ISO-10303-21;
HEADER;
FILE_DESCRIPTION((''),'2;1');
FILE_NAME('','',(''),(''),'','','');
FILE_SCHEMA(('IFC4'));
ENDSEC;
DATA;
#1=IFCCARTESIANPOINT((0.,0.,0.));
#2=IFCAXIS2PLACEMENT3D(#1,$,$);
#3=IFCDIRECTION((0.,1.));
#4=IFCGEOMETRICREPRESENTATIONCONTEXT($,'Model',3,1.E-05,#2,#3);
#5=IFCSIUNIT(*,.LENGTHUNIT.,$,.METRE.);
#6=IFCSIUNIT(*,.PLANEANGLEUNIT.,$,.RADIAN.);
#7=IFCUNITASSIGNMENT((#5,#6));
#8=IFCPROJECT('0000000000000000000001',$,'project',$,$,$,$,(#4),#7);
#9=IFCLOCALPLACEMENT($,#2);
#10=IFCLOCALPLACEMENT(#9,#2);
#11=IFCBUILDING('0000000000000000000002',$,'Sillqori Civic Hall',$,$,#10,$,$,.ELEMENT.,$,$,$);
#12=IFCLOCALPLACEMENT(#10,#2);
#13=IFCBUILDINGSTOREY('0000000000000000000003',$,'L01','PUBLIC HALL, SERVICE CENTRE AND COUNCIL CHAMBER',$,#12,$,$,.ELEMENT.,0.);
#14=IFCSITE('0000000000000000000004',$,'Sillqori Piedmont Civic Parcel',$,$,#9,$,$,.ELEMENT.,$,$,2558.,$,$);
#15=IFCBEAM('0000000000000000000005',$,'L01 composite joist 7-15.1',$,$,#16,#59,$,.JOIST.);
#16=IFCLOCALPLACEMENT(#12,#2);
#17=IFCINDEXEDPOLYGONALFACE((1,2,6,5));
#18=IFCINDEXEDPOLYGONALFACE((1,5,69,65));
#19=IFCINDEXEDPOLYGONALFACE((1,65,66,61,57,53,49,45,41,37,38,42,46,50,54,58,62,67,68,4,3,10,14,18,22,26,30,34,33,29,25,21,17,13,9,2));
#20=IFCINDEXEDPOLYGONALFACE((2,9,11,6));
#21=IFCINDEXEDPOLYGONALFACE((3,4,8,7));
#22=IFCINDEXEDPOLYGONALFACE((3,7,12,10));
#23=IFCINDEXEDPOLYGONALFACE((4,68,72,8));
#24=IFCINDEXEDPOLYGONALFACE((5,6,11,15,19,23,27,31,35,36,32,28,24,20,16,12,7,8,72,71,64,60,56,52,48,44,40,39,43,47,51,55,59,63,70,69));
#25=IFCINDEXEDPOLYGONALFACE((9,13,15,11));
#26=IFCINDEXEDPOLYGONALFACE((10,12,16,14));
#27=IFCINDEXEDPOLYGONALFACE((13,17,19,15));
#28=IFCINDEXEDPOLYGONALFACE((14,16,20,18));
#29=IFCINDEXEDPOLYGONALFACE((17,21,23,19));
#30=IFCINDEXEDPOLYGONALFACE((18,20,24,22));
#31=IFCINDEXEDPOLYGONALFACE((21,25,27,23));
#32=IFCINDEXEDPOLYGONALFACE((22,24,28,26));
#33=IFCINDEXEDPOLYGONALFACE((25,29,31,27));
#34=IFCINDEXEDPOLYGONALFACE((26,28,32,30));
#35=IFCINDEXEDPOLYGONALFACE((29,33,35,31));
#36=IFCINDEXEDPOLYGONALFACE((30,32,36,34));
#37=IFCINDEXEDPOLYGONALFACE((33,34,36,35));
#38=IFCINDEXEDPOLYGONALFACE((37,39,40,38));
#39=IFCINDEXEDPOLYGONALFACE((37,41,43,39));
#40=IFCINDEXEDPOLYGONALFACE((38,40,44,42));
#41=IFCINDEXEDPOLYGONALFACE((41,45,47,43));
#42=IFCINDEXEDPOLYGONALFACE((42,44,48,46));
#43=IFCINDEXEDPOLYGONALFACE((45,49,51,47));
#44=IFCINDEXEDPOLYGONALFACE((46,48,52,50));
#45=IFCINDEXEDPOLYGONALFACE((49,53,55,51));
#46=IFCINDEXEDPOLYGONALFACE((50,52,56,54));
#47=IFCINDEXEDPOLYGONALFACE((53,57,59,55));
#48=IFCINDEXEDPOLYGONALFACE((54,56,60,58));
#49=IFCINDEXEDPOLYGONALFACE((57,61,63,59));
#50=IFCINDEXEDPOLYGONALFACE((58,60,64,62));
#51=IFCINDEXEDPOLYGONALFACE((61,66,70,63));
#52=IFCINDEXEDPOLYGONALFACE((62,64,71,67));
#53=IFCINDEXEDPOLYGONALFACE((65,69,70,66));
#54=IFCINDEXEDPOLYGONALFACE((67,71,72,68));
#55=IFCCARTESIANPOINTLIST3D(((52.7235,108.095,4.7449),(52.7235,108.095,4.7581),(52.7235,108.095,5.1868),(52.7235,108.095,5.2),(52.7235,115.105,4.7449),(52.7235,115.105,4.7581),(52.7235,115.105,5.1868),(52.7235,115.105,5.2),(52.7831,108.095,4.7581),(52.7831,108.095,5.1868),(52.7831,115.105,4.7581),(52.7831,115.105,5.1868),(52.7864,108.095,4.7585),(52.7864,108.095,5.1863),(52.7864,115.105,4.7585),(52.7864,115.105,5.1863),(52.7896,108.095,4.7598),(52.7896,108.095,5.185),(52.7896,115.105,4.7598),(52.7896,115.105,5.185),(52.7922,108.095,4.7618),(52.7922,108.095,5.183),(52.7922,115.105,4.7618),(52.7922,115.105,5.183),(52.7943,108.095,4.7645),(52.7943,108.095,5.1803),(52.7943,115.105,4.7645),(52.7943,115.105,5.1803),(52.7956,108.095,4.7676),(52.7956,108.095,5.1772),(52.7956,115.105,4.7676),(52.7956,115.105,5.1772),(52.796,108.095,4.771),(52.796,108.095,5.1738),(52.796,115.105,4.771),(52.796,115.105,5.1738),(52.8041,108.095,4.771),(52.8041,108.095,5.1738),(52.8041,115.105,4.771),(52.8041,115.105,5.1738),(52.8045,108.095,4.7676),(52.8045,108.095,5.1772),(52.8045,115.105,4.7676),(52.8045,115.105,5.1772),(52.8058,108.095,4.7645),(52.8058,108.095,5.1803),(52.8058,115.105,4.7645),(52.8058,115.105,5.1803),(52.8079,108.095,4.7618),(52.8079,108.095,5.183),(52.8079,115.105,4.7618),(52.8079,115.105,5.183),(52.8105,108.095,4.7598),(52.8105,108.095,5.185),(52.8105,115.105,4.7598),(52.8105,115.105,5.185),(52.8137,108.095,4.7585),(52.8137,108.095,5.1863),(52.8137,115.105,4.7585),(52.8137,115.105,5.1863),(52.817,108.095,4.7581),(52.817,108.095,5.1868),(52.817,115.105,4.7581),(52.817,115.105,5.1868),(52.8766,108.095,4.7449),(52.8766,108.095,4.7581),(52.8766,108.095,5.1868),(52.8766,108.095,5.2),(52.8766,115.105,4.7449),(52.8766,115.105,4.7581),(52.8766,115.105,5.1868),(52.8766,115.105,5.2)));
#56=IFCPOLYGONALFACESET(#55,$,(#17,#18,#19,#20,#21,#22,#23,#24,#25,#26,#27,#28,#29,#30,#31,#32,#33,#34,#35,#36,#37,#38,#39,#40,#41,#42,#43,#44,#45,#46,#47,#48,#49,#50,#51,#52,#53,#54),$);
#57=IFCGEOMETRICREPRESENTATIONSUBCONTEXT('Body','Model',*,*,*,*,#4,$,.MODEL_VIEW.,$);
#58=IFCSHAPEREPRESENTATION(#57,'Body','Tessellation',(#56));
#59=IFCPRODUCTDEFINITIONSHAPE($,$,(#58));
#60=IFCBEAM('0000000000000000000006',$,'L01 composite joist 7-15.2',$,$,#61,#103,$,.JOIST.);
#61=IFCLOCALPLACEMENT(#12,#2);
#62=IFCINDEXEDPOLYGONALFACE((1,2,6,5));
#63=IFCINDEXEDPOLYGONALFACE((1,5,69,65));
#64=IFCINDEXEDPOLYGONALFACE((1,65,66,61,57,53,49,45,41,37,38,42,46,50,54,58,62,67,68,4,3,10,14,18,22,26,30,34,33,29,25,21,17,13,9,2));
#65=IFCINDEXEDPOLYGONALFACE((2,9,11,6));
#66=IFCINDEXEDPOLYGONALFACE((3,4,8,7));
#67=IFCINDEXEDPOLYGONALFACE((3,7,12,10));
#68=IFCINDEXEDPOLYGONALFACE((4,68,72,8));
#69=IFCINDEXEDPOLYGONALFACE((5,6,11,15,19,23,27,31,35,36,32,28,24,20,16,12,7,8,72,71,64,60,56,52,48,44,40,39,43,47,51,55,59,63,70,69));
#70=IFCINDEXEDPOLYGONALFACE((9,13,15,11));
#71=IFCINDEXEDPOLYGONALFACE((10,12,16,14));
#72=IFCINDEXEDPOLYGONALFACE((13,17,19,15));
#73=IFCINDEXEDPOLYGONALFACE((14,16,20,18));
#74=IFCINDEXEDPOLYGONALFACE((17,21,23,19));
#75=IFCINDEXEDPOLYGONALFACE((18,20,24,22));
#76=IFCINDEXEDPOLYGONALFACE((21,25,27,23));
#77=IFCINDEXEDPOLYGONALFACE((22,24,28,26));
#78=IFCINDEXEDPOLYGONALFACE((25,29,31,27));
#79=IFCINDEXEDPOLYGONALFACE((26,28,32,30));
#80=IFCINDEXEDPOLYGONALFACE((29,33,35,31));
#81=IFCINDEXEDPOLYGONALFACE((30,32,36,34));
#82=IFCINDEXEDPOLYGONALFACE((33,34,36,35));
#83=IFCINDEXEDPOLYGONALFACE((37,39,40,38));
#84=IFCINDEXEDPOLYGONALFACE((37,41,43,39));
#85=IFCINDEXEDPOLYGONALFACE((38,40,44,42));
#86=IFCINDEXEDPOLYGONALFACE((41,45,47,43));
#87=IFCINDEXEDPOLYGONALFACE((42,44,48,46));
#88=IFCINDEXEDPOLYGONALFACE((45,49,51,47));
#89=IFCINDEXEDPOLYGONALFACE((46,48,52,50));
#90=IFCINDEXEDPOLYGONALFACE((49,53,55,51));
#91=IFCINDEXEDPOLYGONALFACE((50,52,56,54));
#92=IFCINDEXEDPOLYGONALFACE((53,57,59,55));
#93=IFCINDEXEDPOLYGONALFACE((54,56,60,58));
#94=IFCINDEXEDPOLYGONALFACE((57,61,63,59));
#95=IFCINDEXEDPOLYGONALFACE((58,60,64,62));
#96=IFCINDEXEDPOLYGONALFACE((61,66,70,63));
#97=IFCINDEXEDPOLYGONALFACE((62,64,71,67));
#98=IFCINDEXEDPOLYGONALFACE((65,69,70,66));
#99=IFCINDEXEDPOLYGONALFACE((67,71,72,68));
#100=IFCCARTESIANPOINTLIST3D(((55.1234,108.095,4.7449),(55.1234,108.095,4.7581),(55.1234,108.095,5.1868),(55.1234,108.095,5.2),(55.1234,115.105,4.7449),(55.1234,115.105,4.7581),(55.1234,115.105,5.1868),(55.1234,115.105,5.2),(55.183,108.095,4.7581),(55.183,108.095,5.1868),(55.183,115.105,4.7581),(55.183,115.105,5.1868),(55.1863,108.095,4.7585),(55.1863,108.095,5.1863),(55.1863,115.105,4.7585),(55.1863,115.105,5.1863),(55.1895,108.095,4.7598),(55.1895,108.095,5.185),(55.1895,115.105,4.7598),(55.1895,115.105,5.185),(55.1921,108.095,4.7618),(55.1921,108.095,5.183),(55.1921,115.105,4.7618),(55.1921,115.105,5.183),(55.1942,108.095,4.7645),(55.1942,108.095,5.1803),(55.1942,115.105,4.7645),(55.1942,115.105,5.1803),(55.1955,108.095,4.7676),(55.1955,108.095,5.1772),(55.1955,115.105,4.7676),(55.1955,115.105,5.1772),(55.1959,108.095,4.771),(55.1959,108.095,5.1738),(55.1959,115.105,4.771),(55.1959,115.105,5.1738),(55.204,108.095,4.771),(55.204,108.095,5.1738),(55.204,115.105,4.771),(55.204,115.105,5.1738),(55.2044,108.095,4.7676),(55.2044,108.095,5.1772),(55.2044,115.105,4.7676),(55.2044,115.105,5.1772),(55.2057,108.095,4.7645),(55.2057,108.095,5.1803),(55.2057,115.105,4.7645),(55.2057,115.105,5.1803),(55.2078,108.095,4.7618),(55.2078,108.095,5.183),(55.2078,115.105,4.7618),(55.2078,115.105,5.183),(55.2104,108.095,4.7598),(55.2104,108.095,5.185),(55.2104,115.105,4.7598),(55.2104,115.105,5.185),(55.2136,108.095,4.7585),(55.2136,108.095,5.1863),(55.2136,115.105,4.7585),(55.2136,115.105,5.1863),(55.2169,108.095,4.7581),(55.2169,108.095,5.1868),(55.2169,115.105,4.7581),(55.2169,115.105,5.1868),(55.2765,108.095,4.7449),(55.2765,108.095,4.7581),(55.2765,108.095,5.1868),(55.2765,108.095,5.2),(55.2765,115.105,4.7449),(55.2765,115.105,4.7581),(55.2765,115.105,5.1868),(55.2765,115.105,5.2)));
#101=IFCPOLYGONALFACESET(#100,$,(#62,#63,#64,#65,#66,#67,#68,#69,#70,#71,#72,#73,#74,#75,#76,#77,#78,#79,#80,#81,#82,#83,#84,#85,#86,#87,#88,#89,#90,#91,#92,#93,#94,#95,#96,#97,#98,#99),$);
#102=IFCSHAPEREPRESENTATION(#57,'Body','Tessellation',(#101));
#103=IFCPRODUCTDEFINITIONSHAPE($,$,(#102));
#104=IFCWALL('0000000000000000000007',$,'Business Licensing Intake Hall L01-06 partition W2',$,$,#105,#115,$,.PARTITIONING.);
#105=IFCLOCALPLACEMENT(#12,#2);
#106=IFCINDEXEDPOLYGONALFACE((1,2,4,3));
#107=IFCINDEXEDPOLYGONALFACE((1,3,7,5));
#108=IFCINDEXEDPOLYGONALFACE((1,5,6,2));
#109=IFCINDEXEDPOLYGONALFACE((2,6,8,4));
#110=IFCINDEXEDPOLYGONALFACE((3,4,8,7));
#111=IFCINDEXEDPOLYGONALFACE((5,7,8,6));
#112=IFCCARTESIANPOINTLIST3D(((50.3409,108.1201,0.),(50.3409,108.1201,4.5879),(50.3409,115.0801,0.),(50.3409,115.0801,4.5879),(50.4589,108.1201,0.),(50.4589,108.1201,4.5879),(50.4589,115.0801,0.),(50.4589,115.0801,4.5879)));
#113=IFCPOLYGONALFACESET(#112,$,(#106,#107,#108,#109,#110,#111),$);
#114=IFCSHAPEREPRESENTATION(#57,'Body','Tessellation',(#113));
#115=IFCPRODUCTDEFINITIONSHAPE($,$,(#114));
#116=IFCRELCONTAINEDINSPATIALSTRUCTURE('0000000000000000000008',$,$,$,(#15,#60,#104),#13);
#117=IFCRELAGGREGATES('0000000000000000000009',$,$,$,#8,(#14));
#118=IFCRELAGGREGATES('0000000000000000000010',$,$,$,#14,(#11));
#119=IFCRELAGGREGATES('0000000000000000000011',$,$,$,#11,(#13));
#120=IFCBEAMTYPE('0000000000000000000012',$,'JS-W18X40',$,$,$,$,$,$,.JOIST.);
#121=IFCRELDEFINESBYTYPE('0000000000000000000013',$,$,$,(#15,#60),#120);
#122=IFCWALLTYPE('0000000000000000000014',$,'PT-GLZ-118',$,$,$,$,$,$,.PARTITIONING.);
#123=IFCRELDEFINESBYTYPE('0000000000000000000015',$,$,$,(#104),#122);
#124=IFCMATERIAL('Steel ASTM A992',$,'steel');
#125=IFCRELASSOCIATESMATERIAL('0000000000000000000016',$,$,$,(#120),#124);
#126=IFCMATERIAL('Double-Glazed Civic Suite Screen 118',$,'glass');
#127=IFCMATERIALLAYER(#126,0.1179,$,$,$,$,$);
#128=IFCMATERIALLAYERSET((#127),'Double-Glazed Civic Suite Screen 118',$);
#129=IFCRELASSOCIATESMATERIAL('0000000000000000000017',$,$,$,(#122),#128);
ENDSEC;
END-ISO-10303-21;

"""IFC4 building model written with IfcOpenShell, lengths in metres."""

from ifc_helpers import new_model, si_unit, direction, frame, frame_2d, origin, origin_2d, place, context, subcontext, project, spatial, rectangle, i_section, extrude, material, layer, layer_set, material_profile, profile_set, type_object, element, save


model = new_model("IFC4")

# Units and contexts
model_context = context("Model", 3, precision=1e-05, world=origin(), true_north=direction((0.0, 1.0)))
body_context = subcontext(model_context, "Body", "Model", "MODEL_VIEW")
ifc_project = project(units=[si_unit("LENGTHUNIT", "METRE"), si_unit("PLANEANGLEUNIT", "RADIAN")], contexts=[model_context])

# Site, building, storey
site_placement = place(None, origin())
site = spatial("IfcSite", under=ifc_project, at=site_placement, Name="Sillqori Piedmont Civic Parcel", CompositionType="ELEMENT", RefElevation=2558.0)
building_placement = place(site_placement, origin())
building = spatial("IfcBuilding", under=site, at=building_placement, Name="Sillqori Civic Hall", CompositionType="ELEMENT")
storey_placement = place(building_placement, origin())
storey = spatial("IfcBuildingStorey", under=building, at=storey_placement, Name="L01", Description="PUBLIC HALL, SERVICE CENTRE AND COUNCIL CHAMBER", CompositionType="ELEMENT", Elevation=0.0)

# Shared definitions
ifc_material_1 = material(Name="Steel ASTM A992", Category="steel")

# Beams
ifc_material_profile_1 = material_profile(ifc_material_1, i_section(OverallWidth=0.1531, OverallDepth=0.4551, WebThickness=0.0081, FlangeThickness=0.0132, FilletRadius=0.0129, at=origin_2d()), Name="W18X40")
ifc_profile_set_1 = profile_set([ifc_material_profile_1], Name="Steel ASTM A992")
beam_type_1 = type_object("IfcBeamType", Name="JS-W18X40", PredefinedType="JOIST", material=ifc_profile_set_1)
for number, where, z_axis, x_axis, name in (
    (1, (52.8, 108.095, 4.9724), (0.0, 1.0, 0.0), (-1.0, 0.0, 0.0), "L01 composite joist 7-15.1"),
    (2, (55.2, 108.095, 4.9724), (0.0, 1.0, 0.0), (-1.0, 0.0, 0.0), "L01 composite joist 7-15.2"),
):
    element("IfcBeam", number, at=place(storey_placement, frame(where, z_axis=z_axis, x_axis=x_axis)), inside=storey, type_object=beam_type_1, Name=name, PredefinedType="JOIST", context=body_context, shape_type="SweptSolid", body=[
        extrude(i_section(OverallWidth=0.1531, OverallDepth=0.4551, WebThickness=0.0081, FlangeThickness=0.0132, FilletRadius=0.0129, at=origin_2d()), origin(), (0.0, 0.0, 1.0), 7.01),
    ])

# Wall
ifc_material_2 = material(Name="Double-Glazed Civic Suite Screen 118", Category="glass")
ifc_layer_1 = layer(ifc_material_2, 0.1179)
ifc_layer_set_1 = layer_set([ifc_layer_1], Name="Double-Glazed Civic Suite Screen 118")
wall_type = type_object("IfcWallType", Name="PT-GLZ-118", PredefinedType="PARTITIONING", material=ifc_layer_set_1)
wall_placement = place(storey_placement, frame((50.3999, 108.1201, 0.0), z_axis=(0.0, 0.0, 1.0), x_axis=(0.0, 1.0, 0.0)))
element("IfcWall", 3, at=wall_placement, inside=storey, type_object=wall_type, Name="Business Licensing Intake Hall L01-06 partition W2", PredefinedType="PARTITIONING", context=body_context, shape_type="SweptSolid", body=[
    extrude(rectangle(XDim=6.96, YDim=0.1179, at=frame_2d((3.48, 0.0))), origin(), (0.0, 0.0, 1.0), 4.5879),
])

save(model, "model.ifc")
